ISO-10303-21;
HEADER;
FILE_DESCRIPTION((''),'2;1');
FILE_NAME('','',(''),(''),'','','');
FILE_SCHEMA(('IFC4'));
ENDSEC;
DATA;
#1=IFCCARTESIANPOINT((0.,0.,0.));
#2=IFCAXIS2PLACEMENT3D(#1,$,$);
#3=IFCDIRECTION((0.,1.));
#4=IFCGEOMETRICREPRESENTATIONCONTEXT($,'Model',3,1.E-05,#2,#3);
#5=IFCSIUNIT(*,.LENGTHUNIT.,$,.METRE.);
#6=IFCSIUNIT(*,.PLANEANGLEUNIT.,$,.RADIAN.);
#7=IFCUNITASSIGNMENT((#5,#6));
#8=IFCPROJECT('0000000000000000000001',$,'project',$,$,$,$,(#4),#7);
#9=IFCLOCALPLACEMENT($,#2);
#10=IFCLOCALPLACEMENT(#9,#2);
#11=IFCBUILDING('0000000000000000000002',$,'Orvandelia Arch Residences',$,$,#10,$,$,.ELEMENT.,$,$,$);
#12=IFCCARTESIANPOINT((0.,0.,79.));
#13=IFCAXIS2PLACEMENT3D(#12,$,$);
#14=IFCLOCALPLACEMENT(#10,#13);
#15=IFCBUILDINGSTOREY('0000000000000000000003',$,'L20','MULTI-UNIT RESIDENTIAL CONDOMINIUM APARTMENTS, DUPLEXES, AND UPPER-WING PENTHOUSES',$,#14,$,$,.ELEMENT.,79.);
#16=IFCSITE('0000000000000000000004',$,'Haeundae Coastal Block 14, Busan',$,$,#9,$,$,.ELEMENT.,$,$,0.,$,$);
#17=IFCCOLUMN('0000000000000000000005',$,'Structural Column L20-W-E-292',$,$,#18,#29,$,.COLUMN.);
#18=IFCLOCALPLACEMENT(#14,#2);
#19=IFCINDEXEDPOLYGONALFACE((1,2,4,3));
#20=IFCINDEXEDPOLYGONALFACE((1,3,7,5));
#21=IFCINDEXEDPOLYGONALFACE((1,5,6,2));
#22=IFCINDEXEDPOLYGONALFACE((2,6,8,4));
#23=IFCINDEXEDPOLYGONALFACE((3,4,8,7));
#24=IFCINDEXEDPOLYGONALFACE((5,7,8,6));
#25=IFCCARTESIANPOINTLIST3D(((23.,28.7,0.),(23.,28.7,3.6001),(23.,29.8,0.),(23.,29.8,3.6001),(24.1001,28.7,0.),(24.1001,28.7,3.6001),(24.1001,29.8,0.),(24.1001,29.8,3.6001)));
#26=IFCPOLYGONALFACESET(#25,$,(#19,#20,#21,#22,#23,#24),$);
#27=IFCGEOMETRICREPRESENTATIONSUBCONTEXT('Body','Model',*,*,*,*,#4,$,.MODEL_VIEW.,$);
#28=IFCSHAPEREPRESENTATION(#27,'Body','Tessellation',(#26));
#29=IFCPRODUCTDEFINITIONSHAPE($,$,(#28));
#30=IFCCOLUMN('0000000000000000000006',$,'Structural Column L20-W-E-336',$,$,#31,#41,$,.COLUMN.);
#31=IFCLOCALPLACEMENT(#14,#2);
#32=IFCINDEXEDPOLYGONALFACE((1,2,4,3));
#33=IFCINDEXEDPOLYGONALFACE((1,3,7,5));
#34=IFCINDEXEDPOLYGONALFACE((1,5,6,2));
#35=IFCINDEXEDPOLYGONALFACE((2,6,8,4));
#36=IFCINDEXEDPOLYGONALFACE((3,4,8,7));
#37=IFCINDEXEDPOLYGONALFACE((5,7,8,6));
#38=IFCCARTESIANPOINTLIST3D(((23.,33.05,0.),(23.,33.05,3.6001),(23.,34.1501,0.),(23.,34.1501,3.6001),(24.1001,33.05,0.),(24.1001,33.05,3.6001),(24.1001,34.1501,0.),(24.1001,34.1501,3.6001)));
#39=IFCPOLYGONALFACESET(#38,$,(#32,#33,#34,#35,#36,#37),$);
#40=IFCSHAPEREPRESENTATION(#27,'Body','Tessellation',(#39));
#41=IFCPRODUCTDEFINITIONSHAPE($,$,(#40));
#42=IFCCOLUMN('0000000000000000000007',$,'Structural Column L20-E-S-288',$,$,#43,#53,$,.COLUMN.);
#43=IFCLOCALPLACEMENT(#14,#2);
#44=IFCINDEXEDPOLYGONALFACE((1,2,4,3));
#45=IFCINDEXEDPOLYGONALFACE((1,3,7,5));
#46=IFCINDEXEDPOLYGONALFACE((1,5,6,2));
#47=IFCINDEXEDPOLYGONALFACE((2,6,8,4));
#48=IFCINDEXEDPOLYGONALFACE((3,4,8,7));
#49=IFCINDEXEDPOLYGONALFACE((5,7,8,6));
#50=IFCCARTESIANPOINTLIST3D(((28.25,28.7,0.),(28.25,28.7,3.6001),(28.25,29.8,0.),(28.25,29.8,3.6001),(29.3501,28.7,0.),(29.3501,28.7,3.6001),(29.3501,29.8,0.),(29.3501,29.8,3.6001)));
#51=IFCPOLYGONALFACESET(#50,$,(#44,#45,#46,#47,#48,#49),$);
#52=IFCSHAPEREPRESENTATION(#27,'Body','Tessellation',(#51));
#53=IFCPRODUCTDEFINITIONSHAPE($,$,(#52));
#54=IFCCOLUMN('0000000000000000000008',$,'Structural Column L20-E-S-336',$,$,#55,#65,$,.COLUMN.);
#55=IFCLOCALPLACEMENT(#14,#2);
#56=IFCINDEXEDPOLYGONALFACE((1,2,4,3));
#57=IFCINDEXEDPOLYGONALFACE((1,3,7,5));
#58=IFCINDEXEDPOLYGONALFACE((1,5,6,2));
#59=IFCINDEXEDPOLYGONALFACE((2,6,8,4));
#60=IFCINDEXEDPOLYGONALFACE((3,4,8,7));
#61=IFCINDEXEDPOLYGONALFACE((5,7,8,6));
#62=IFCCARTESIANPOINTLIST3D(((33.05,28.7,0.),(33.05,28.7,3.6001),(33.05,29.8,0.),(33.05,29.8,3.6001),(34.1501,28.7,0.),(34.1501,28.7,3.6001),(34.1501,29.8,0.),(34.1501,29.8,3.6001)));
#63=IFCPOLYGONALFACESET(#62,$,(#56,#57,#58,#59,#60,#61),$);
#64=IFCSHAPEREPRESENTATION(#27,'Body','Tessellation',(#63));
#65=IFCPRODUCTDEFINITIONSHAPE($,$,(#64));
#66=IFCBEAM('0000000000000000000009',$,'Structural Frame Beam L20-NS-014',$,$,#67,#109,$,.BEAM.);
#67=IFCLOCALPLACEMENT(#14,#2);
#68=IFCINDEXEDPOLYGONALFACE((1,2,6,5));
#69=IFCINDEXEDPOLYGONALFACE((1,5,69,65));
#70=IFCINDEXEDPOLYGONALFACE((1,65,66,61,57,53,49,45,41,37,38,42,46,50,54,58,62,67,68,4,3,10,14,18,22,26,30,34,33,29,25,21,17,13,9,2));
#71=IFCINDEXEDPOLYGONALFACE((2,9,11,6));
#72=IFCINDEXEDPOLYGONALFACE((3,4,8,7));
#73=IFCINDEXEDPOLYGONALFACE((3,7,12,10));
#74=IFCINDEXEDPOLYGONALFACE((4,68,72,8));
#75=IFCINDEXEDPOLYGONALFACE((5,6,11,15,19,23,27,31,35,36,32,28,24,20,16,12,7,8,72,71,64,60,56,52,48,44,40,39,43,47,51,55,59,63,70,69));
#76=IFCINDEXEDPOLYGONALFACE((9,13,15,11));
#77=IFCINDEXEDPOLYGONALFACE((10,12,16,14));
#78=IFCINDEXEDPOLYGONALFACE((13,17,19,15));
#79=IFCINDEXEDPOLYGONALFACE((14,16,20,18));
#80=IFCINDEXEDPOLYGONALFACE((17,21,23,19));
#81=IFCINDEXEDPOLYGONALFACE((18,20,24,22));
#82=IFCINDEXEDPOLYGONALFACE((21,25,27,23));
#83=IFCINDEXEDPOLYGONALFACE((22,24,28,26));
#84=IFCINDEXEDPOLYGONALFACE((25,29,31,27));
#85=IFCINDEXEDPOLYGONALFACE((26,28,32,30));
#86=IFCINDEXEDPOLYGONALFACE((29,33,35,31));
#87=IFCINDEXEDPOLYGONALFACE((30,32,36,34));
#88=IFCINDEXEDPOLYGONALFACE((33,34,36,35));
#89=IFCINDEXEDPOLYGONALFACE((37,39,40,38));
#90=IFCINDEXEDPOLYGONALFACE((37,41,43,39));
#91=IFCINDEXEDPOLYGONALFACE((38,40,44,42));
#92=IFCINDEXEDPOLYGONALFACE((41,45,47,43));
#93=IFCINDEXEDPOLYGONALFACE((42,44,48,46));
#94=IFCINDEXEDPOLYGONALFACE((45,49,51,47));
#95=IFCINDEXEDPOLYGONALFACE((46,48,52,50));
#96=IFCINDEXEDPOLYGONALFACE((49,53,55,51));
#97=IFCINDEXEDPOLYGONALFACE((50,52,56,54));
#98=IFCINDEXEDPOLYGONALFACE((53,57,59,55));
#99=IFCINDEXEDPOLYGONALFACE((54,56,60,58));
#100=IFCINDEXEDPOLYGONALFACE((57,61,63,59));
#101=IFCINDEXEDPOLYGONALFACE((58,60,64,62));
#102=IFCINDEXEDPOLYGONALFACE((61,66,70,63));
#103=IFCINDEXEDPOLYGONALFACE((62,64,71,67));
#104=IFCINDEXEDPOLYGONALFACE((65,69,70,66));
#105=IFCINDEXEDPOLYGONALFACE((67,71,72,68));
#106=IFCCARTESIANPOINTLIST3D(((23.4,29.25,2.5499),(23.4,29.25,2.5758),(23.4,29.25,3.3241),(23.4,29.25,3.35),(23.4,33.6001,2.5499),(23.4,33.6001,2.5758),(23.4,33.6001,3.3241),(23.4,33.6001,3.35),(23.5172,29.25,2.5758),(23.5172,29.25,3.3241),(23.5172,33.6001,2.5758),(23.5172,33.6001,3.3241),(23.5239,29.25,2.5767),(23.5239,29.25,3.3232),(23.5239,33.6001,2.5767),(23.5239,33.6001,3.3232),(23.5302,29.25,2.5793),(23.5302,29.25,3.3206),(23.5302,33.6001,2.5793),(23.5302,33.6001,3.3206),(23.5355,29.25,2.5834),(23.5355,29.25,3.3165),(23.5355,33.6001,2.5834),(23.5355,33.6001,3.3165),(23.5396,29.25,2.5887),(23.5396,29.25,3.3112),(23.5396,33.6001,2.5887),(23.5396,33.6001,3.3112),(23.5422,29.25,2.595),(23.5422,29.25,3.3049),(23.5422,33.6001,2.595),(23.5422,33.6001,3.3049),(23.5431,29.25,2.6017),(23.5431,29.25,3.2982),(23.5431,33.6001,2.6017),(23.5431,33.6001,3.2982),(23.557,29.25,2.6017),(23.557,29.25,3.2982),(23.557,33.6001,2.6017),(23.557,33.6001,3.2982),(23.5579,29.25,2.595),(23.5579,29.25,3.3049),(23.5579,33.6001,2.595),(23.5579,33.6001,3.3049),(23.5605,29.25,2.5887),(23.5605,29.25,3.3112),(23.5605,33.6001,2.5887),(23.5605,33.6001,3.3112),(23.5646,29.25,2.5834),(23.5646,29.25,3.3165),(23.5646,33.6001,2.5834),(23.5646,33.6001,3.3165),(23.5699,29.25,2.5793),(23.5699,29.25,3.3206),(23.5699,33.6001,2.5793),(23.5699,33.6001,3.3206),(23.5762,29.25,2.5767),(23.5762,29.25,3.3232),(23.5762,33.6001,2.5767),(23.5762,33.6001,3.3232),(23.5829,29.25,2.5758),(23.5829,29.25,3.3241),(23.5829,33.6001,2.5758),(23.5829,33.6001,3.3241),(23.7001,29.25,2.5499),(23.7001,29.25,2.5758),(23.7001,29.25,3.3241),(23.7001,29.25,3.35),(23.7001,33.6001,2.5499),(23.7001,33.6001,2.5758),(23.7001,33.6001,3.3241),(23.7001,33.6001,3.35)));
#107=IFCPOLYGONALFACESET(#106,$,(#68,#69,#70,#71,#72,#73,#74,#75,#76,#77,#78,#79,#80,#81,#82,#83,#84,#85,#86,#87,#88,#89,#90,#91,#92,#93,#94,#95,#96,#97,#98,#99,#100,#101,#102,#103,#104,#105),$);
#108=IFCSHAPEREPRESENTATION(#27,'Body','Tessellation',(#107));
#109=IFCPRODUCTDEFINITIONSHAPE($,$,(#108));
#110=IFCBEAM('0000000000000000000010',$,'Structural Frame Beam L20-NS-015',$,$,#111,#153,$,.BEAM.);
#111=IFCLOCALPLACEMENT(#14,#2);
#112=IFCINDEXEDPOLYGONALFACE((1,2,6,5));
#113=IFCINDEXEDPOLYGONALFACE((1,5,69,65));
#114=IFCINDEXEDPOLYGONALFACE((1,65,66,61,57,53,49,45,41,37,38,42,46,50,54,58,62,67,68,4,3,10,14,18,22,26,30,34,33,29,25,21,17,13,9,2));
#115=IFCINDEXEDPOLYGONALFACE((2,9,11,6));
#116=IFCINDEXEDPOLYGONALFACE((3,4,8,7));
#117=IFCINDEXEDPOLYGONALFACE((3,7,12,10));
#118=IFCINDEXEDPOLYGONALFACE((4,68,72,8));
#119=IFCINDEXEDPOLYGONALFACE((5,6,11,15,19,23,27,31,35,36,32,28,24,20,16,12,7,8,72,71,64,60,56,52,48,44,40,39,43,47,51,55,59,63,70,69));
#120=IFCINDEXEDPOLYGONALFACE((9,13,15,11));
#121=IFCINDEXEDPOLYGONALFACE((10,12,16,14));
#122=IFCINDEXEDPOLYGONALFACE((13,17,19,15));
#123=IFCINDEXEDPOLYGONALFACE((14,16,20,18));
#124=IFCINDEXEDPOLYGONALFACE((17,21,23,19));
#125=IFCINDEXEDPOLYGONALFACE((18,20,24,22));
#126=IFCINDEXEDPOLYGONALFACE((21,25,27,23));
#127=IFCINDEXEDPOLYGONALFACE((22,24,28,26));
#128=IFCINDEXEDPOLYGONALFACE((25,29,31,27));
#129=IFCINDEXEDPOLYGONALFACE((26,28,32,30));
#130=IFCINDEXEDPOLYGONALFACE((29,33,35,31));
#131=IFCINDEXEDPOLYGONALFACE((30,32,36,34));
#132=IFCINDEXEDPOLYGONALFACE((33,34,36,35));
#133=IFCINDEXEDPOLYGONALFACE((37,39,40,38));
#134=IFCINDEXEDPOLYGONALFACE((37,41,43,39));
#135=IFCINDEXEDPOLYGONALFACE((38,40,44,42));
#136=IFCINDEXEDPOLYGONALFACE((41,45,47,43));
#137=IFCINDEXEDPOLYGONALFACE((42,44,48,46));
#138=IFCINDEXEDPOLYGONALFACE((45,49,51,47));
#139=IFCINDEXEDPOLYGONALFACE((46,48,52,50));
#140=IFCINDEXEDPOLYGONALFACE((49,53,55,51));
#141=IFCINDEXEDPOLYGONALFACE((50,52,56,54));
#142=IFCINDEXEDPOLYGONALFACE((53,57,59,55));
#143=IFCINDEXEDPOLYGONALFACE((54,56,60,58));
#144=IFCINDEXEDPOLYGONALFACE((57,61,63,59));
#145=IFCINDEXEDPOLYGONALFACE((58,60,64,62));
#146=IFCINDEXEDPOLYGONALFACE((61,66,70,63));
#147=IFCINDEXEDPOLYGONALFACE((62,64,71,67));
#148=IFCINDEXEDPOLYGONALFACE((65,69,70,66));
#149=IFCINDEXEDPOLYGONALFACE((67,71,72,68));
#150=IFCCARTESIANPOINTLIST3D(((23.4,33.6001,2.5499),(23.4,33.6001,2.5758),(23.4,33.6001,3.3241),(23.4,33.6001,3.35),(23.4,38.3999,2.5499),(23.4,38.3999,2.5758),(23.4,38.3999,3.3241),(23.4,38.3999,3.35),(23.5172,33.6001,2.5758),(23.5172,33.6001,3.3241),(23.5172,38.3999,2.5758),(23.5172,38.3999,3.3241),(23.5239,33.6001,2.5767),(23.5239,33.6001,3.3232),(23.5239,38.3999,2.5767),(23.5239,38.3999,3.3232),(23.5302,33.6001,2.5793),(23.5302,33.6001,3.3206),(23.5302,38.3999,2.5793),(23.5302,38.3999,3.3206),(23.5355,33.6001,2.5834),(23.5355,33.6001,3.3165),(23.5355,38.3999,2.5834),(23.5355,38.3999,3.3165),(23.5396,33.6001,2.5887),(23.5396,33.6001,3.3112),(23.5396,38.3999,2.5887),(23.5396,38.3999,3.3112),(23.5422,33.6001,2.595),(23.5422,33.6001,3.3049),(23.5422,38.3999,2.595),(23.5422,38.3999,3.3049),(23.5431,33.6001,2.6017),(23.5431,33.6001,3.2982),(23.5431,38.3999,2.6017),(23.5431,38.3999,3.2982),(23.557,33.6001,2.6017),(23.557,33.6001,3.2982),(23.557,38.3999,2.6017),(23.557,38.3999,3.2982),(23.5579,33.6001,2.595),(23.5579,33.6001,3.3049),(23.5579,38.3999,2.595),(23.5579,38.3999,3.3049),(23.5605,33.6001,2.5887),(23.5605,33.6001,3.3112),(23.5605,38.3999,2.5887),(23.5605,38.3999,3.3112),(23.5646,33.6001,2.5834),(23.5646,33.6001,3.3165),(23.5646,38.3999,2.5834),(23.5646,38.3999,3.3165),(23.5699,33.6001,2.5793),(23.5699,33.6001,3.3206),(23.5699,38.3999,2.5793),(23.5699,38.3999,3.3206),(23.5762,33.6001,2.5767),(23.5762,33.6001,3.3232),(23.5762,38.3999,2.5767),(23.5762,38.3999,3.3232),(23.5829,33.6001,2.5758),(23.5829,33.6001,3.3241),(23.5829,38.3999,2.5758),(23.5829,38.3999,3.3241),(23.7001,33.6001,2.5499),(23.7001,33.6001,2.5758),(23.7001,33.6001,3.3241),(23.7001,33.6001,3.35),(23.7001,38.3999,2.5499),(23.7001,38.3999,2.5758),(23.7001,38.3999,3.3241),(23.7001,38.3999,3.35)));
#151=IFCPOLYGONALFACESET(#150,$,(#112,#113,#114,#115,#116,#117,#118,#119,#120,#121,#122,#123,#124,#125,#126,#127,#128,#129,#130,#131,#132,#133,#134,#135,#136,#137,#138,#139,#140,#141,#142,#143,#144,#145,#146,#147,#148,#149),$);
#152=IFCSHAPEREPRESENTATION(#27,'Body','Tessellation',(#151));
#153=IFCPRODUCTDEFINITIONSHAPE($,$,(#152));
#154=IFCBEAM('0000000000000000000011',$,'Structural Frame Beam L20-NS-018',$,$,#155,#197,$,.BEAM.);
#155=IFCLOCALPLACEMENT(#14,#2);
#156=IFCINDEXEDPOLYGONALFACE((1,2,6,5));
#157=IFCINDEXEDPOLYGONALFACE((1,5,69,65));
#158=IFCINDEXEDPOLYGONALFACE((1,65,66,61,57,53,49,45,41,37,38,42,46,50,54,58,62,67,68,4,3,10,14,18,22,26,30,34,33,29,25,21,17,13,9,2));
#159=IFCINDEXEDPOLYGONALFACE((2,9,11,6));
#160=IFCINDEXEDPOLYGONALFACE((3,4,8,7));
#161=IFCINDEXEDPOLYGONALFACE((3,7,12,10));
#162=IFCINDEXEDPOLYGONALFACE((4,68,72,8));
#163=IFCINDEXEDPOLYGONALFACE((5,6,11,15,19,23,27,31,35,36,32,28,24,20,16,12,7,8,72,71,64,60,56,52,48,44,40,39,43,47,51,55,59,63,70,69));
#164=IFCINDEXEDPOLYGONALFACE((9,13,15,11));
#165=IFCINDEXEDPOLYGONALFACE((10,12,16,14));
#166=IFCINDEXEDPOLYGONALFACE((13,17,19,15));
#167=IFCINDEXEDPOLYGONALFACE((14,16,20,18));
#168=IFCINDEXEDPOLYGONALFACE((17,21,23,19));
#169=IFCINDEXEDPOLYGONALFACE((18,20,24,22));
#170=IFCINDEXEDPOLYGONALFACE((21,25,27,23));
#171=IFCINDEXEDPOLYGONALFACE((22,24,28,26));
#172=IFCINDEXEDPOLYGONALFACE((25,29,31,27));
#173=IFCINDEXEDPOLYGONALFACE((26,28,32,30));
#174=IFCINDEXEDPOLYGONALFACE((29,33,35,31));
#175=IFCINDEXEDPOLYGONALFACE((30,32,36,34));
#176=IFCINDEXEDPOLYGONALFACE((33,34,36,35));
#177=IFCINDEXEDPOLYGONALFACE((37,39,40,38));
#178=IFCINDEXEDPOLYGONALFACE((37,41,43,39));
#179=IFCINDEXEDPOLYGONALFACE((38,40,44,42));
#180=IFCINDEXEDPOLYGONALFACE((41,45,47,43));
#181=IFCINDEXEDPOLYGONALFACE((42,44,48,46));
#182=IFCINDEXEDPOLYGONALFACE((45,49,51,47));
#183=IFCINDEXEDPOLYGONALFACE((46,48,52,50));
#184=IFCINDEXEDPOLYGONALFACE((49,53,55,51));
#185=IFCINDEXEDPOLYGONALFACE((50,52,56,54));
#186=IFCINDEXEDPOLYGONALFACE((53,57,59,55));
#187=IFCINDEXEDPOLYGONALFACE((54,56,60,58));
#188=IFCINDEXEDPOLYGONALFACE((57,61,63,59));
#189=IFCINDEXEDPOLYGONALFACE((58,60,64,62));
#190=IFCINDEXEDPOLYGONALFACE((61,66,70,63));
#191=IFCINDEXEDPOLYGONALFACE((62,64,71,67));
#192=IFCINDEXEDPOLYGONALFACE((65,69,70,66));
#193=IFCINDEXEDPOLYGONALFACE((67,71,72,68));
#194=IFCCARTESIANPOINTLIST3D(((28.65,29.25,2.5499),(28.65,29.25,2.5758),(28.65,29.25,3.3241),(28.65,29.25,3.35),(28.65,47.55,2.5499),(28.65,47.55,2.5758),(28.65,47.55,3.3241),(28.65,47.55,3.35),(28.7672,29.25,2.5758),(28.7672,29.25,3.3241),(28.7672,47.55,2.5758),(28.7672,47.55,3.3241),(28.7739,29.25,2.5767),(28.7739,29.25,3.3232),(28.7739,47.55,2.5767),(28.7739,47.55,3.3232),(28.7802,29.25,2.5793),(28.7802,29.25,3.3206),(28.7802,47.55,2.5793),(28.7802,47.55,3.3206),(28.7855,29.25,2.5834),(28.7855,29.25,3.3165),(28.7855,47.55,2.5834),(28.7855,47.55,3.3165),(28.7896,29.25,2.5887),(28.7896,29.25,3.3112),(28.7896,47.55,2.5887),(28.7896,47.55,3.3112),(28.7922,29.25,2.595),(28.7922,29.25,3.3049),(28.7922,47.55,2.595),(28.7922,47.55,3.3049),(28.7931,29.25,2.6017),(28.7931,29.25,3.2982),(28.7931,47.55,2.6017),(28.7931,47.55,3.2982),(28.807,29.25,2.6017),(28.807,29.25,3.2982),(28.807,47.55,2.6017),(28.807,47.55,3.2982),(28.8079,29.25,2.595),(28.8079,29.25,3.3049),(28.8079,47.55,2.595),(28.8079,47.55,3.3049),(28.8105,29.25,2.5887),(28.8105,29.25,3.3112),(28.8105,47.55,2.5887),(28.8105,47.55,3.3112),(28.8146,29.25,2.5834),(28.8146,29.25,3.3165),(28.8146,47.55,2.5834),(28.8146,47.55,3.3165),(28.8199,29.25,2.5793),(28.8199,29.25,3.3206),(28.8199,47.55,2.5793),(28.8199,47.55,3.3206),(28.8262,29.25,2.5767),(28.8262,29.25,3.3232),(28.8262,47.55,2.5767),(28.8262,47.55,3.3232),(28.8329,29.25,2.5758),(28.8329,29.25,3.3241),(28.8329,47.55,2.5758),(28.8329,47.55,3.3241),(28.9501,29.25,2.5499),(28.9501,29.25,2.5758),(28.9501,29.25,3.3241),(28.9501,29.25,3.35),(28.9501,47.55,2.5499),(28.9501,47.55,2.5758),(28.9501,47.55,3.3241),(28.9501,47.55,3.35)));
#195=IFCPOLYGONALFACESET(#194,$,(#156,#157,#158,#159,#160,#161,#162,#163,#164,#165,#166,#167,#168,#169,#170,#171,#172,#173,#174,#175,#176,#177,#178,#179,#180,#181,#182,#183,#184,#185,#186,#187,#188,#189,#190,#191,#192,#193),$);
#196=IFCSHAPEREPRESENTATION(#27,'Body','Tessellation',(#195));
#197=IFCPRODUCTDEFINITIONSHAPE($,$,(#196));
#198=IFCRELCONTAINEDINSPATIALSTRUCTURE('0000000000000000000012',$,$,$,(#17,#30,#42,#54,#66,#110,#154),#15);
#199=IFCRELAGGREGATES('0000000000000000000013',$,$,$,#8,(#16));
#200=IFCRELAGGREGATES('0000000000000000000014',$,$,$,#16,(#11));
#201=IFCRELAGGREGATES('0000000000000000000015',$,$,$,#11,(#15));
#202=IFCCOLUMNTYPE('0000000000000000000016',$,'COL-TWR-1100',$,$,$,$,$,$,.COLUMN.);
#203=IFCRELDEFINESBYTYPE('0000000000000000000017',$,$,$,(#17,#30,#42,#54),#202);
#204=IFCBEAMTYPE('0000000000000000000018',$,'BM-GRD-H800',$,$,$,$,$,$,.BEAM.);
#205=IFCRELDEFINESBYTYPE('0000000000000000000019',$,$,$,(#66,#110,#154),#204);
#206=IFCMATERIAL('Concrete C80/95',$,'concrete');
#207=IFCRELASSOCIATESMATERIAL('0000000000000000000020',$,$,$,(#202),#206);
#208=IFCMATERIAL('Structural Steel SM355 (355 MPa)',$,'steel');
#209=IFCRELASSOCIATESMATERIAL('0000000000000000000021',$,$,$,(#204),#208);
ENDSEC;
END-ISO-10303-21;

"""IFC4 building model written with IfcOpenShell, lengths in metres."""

from ifc_helpers import new_model, si_unit, direction, frame, origin, origin_2d, place, context, subcontext, project, spatial, rectangle, i_section, extrude, material, material_profile, profile_set, type_object, element, save


model = new_model("IFC4")

# Units and contexts
model_context = context("Model", 3, precision=1e-05, world=origin(), true_north=direction((0.0, 1.0)))
body_context = subcontext(model_context, "Body", "Model", "MODEL_VIEW")
ifc_project = project(units=[si_unit("LENGTHUNIT", "METRE"), si_unit("PLANEANGLEUNIT", "RADIAN")], contexts=[model_context])

# Site, building, storey
site_placement = place(None, origin())
site = spatial("IfcSite", under=ifc_project, at=site_placement, Name="Haeundae Coastal Block 14, Busan", CompositionType="ELEMENT", RefElevation=0.0)
building_placement = place(site_placement, origin())
building = spatial("IfcBuilding", under=site, at=building_placement, Name="Orvandelia Arch Residences", CompositionType="ELEMENT")
storey_placement = place(building_placement, frame((0.0, 0.0, 79.0)))
storey = spatial("IfcBuildingStorey", under=building, at=storey_placement, Name="L20", Description="MULTI-UNIT RESIDENTIAL CONDOMINIUM APARTMENTS, DUPLEXES, AND UPPER-WING PENTHOUSES", CompositionType="ELEMENT", Elevation=79.0)

# Columns
ifc_material_1 = material(Name="Concrete C80/95", Category="concrete")
ifc_material_profile_1 = material_profile(ifc_material_1, rectangle(XDim=1.1001, YDim=1.1001, at=origin_2d()), Name="Concrete C80/95", Category="concrete")
ifc_profile_set_1 = profile_set([ifc_material_profile_1], Name="Concrete C80/95")
column_type = type_object("IfcColumnType", Name="COL-TWR-1100", PredefinedType="COLUMN", material=ifc_profile_set_1)
for number, where, z_axis, x_axis, name in (
    (1, (23.55, 29.25, 0.0), (0.0, 0.0, 1.0), (1.0, 0.0, 0.0), "Structural Column L20-W-E-292"),
    (2, (23.55, 33.6001, 0.0), (0.0, 0.0, 1.0), (1.0, 0.0, 0.0), "Structural Column L20-W-E-336"),
    (3, (28.8, 29.25, 0.0), (0.0, 0.0, 1.0), (1.0, 0.0, 0.0), "Structural Column L20-E-S-288"),
    (4, (33.6001, 29.25, 0.0), (0.0, 0.0, 1.0), (1.0, 0.0, 0.0), "Structural Column L20-E-S-336"),
):
    element("IfcColumn", number, at=place(storey_placement, frame(where, z_axis=z_axis, x_axis=x_axis)), inside=storey, type_object=column_type, Name=name, PredefinedType="COLUMN", context=body_context, shape_type="SweptSolid", body=[
        extrude(rectangle(XDim=1.1001, YDim=1.1001, at=origin_2d()), origin(), (0.0, 0.0, 1.0), 3.6001),
    ])

# Beams
ifc_material_2 = material(Name="Structural Steel SM355 (355 MPa)", Category="steel")
ifc_material_profile_2 = material_profile(ifc_material_2, i_section(OverallWidth=0.3, OverallDepth=0.8, WebThickness=0.0139, FlangeThickness=0.0259, FilletRadius=0.0259, at=origin_2d()), Name="Structural Steel SM355 (355 MPa)", Category="steel")
ifc_profile_set_2 = profile_set([ifc_material_profile_2], Name="Structural Steel SM355 (355 MPa)")
beam_type = type_object("IfcBeamType", Name="BM-GRD-H800", PredefinedType="BEAM", material=ifc_profile_set_2)
beam_1_placement = place(storey_placement, frame((23.55, 29.25, 2.95), z_axis=(0.0, 1.0, 0.0), x_axis=(-1.0, 0.0, 0.0)))
element("IfcBeam", 5, at=beam_1_placement, inside=storey, type_object=beam_type, Name="Structural Frame Beam L20-NS-014", PredefinedType="BEAM", context=body_context, shape_type="SweptSolid", body=[
    extrude(i_section(OverallWidth=0.3, OverallDepth=0.8, WebThickness=0.0139, FlangeThickness=0.0259, FilletRadius=0.0259, at=origin_2d()), origin(), (0.0, 0.0, 1.0), 4.3501),
])
beam_2_placement = place(storey_placement, frame((23.55, 33.6001, 2.95), z_axis=(0.0, 1.0, 0.0), x_axis=(-1.0, 0.0, 0.0)))
element("IfcBeam", 6, at=beam_2_placement, inside=storey, type_object=beam_type, Name="Structural Frame Beam L20-NS-015", PredefinedType="BEAM", context=body_context, shape_type="SweptSolid", body=[
    extrude(i_section(OverallWidth=0.3, OverallDepth=0.8, WebThickness=0.0139, FlangeThickness=0.0259, FilletRadius=0.0259, at=origin_2d()), origin(), (0.0, 0.0, 1.0), 4.7998),
])
for number, where, z_axis, x_axis, name in (
    (7, (28.8, 29.25, 2.95), (0.0, 1.0, 0.0), (-1.0, 0.0, 0.0), "Structural Frame Beam L20-NS-018"),
):
    element("IfcBeam", number, at=place(storey_placement, frame(where, z_axis=z_axis, x_axis=x_axis)), inside=storey, type_object=beam_type, Name=name, PredefinedType="BEAM", context=body_context, shape_type="SweptSolid", body=[
        extrude(i_section(OverallWidth=0.3, OverallDepth=0.8, WebThickness=0.0139, FlangeThickness=0.0259, FilletRadius=0.0259, at=origin_2d()), origin(), (0.0, 0.0, 1.0), 18.3),
    ])

save(model, "model.ifc")
